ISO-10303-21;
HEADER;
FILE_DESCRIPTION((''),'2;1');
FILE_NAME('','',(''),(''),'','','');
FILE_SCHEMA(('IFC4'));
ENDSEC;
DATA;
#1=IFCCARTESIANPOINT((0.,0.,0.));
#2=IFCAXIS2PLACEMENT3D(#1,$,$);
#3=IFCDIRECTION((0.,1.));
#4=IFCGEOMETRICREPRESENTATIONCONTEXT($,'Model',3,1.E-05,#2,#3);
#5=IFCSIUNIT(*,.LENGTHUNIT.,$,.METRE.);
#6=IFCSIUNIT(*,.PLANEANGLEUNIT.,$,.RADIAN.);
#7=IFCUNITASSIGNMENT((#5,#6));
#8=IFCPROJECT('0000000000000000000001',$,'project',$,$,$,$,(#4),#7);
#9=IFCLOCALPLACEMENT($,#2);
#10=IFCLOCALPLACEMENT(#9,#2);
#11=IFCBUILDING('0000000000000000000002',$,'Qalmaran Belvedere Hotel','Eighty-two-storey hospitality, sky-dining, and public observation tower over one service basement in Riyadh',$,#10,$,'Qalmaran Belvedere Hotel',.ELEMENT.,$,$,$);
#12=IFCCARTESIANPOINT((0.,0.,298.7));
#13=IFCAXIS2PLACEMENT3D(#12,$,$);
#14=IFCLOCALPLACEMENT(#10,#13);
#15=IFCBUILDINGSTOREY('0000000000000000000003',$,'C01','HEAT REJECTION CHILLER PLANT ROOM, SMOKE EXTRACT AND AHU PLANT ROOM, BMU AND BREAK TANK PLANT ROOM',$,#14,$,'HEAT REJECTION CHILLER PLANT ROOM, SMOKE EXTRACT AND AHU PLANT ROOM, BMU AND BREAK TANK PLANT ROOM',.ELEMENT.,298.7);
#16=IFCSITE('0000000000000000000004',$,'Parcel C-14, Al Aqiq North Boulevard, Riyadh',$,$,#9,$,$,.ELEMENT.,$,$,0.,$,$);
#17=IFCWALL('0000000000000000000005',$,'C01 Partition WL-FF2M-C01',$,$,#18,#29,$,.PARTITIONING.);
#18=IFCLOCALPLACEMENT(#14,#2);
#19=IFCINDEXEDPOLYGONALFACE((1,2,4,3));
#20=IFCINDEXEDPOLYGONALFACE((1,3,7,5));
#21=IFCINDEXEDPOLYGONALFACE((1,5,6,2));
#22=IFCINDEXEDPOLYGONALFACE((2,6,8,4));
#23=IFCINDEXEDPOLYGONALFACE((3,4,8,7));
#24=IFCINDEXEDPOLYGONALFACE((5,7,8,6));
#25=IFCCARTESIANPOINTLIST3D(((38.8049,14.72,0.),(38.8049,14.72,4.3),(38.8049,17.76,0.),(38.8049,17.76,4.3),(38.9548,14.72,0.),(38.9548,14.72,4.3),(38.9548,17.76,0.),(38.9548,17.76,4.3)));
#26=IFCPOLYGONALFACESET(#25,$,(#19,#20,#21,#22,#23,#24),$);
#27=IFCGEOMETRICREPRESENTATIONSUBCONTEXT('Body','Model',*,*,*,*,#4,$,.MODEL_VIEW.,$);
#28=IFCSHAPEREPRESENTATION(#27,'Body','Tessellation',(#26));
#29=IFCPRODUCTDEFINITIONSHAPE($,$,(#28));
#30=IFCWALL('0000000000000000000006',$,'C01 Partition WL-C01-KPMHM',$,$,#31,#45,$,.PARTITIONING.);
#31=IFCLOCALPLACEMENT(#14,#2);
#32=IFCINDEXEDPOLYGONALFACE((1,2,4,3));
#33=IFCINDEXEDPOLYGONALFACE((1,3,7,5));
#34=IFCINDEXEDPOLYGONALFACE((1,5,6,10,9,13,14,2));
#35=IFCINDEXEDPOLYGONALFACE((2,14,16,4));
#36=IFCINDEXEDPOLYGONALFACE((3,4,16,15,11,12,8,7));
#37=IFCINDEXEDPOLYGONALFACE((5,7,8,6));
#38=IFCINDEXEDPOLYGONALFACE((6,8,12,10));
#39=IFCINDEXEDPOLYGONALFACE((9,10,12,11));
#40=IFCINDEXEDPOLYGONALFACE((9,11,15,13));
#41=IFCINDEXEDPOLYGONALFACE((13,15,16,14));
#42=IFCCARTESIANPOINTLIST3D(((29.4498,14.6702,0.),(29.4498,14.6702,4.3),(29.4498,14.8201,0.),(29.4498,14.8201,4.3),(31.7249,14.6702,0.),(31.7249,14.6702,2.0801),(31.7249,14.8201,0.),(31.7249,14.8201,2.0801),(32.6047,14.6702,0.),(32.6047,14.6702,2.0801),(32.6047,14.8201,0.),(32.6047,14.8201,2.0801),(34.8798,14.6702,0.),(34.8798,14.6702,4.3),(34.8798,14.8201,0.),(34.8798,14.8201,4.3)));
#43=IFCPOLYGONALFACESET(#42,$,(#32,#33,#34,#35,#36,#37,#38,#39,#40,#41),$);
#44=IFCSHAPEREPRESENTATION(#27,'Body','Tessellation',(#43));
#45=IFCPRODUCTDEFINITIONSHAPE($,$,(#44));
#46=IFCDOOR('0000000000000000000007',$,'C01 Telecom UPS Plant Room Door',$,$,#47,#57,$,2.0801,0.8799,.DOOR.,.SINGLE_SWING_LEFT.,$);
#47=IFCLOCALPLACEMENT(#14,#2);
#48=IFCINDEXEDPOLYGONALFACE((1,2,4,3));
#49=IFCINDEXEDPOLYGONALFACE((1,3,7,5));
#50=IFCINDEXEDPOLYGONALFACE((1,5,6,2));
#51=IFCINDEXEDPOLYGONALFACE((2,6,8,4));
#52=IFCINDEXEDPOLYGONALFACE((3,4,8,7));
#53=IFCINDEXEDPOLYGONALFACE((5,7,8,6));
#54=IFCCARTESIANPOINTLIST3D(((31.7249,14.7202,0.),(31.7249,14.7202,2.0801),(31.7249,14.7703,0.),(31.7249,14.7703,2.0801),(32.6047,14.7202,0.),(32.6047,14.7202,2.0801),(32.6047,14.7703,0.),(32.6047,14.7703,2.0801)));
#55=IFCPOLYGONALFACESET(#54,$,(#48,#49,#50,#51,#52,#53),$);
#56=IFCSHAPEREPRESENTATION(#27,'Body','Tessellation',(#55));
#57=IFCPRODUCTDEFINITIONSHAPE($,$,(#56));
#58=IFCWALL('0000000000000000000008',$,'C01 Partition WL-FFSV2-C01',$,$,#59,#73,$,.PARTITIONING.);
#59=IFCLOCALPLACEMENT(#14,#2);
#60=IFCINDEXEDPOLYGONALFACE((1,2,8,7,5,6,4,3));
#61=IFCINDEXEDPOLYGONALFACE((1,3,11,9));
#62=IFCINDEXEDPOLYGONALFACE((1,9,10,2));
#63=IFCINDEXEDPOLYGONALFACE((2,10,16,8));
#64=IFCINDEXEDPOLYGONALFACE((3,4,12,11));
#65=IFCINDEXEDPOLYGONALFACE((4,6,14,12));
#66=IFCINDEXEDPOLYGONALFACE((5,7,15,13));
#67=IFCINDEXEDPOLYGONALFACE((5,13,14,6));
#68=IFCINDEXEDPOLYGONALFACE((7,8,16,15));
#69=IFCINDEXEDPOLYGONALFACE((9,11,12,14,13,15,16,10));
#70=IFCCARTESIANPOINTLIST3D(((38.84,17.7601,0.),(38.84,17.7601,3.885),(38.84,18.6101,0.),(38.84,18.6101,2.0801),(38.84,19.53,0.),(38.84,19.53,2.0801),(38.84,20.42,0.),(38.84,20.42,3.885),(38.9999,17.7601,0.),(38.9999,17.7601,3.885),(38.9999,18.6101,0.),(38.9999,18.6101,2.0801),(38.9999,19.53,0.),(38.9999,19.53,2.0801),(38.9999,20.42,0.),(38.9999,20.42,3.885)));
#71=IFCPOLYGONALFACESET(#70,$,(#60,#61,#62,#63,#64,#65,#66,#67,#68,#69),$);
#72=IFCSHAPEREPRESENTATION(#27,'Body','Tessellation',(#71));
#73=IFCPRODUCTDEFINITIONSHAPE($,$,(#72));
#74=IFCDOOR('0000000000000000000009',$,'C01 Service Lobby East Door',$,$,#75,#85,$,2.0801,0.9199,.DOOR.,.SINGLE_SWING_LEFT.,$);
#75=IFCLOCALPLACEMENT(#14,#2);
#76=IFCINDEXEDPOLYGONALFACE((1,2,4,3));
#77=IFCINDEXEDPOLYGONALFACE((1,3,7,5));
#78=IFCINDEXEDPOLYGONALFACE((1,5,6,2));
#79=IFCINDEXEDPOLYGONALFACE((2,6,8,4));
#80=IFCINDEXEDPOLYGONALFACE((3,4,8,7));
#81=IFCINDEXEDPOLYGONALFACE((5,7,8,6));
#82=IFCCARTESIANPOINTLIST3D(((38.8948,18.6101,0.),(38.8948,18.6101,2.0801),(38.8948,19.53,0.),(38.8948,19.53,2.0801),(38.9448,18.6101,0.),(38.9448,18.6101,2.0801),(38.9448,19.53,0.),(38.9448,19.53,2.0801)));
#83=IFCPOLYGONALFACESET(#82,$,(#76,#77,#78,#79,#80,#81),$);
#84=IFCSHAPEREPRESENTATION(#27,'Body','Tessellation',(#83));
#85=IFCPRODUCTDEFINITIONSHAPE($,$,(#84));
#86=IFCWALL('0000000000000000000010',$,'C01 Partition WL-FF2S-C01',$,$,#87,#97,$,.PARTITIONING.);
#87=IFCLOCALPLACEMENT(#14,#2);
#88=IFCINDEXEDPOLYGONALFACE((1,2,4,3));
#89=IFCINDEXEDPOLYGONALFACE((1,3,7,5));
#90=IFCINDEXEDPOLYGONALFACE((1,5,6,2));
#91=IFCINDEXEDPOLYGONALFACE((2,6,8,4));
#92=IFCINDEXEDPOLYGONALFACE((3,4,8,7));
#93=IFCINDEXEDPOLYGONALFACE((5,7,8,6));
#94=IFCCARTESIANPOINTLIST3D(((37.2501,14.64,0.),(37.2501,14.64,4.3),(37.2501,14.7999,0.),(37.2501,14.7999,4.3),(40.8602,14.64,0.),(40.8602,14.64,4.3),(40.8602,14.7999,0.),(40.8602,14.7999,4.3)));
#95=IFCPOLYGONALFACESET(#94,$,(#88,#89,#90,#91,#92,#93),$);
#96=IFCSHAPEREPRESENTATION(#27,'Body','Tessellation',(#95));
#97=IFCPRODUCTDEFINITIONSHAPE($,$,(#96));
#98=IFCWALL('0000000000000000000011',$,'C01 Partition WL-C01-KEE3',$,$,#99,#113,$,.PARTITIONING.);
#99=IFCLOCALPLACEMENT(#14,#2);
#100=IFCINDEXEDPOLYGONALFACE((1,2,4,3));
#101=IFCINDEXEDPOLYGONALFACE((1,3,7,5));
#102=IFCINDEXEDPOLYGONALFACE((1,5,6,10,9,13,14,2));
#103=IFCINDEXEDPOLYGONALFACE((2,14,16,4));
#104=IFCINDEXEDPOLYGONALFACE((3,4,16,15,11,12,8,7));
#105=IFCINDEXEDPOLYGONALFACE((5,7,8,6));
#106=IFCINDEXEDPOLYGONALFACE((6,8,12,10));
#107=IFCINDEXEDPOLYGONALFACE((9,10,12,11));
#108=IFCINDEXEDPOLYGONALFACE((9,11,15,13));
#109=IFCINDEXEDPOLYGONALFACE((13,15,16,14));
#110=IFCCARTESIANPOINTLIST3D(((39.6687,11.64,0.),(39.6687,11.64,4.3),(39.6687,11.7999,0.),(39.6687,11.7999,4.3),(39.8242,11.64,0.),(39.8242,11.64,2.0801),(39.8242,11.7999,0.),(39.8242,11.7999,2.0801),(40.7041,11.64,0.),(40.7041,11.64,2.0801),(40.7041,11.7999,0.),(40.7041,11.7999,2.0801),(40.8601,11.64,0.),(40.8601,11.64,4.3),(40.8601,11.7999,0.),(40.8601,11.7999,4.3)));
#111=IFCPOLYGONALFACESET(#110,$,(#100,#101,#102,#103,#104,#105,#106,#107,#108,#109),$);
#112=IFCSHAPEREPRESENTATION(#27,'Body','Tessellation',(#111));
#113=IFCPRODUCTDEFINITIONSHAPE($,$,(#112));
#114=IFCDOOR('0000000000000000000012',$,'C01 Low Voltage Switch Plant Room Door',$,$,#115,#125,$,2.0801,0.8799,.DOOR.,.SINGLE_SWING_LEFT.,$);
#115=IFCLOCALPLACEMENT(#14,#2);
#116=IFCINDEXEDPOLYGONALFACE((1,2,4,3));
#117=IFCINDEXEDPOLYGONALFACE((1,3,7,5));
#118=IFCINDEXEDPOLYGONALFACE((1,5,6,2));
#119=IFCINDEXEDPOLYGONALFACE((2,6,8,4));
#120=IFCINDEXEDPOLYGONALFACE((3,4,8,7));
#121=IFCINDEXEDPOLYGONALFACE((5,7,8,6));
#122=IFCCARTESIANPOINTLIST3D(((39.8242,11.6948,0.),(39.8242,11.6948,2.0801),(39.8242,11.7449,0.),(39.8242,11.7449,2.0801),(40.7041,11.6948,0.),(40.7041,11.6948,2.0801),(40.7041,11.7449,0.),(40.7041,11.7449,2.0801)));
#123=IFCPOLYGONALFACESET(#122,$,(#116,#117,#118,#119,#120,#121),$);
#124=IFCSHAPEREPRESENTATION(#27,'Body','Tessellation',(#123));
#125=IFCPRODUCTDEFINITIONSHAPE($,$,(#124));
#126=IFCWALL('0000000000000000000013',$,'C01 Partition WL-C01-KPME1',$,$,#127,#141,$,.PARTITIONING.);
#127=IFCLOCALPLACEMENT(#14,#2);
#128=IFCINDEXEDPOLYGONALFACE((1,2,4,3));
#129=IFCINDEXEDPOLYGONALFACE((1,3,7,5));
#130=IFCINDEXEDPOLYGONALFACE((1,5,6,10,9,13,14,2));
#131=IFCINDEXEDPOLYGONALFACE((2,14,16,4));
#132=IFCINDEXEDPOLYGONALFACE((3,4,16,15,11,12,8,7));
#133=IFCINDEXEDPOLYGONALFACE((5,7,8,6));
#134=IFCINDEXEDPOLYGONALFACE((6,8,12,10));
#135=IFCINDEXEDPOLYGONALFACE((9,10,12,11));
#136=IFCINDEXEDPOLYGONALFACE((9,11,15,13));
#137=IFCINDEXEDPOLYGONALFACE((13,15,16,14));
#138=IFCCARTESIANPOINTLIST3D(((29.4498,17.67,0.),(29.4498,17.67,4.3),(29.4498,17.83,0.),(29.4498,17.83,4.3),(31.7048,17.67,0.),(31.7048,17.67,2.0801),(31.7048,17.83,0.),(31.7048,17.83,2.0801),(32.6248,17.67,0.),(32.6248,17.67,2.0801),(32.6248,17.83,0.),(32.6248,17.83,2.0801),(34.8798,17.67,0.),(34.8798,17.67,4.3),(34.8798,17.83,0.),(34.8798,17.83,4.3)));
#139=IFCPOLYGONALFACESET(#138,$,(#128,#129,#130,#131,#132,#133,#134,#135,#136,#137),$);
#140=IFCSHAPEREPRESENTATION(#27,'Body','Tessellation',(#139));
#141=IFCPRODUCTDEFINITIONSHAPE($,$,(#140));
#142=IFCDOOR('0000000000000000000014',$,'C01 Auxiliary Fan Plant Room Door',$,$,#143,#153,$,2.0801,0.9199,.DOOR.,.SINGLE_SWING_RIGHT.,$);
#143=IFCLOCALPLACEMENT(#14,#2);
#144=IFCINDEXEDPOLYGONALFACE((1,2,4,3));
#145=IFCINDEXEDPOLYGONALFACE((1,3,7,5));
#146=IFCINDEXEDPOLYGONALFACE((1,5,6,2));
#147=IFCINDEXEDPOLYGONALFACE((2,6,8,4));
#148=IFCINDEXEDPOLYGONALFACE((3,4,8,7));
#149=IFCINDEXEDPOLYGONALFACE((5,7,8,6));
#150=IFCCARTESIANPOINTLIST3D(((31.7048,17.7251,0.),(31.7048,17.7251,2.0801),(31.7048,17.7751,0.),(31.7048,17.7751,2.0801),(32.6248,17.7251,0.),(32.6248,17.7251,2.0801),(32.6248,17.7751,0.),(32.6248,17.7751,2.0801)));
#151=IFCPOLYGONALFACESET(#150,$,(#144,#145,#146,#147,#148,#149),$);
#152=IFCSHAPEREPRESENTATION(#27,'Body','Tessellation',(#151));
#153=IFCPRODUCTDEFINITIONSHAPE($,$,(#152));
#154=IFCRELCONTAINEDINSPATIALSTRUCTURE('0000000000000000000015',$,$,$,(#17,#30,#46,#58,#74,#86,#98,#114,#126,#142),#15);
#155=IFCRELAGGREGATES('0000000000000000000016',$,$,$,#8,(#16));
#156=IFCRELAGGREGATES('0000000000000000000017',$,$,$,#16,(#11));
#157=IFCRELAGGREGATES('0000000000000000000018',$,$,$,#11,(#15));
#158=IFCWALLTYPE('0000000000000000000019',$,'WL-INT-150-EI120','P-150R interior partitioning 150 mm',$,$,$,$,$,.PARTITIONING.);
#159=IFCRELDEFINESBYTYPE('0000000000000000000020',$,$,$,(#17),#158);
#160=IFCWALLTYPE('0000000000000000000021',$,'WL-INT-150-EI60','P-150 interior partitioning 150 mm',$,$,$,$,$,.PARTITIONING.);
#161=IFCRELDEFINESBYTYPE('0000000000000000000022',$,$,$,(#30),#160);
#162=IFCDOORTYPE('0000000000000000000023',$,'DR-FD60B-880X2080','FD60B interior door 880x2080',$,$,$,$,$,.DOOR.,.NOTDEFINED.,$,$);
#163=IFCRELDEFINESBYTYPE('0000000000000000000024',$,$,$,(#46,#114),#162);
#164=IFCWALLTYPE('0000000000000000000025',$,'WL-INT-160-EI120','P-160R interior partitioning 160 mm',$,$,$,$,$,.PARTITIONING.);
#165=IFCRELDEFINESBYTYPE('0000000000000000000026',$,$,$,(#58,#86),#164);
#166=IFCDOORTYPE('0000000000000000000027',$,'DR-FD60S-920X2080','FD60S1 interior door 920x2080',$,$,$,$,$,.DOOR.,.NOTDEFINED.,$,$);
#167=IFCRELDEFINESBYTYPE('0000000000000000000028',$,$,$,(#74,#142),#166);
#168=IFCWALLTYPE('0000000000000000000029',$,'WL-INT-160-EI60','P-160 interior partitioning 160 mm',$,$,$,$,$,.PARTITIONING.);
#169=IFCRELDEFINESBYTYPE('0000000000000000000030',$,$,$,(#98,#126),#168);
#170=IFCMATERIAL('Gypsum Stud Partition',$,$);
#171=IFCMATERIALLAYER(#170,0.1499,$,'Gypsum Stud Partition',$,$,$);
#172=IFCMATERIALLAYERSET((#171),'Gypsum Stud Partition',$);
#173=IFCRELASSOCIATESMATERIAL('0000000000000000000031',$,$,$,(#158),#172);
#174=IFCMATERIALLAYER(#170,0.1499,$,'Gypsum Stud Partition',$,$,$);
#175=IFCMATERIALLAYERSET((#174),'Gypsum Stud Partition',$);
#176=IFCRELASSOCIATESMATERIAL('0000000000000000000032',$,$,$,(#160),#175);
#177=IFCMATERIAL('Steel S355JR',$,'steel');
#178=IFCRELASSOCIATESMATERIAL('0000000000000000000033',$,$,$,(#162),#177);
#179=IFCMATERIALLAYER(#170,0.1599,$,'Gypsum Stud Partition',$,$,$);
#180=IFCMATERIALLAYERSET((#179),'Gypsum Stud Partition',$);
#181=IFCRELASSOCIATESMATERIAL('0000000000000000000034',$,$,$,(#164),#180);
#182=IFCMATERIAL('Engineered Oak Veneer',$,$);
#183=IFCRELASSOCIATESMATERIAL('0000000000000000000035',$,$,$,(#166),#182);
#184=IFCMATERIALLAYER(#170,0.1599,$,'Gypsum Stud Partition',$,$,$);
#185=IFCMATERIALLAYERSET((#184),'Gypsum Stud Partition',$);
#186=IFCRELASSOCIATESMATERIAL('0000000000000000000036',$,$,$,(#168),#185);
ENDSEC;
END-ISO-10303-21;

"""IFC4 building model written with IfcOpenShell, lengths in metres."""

from ifc_helpers import new_model, si_unit, direction, frame, frame_2d, origin, place, context, subcontext, project, spatial, rectangle, extrude, material, layer, layer_set, type_object, element, fill, save


model = new_model("IFC4")

# Units and contexts
model_context = context("Model", 3, precision=1e-05, world=origin(), true_north=direction((0.0, 1.0)))
body_context = subcontext(model_context, "Body", "Model", "MODEL_VIEW")
ifc_project = project(units=[si_unit("LENGTHUNIT", "METRE"), si_unit("PLANEANGLEUNIT", "RADIAN")], contexts=[model_context])

# Site, building, storey
site_placement = place(None, origin())
site = spatial("IfcSite", under=ifc_project, at=site_placement, Name="Parcel C-14, Al Aqiq North Boulevard, Riyadh", CompositionType="ELEMENT", RefElevation=0.0)
building_placement = place(site_placement, origin())
building = spatial("IfcBuilding", under=site, at=building_placement, Name="Qalmaran Belvedere Hotel", Description="Eighty-two-storey hospitality, sky-dining, and public observation tower over one service basement in Riyadh", LongName="Qalmaran Belvedere Hotel", CompositionType="ELEMENT")
storey_placement = place(building_placement, frame((0.0, 0.0, 298.7)))
storey = spatial("IfcBuildingStorey", under=building, at=storey_placement, Name="C01", Description="HEAT REJECTION CHILLER PLANT ROOM, SMOKE EXTRACT AND AHU PLANT ROOM, BMU AND BREAK TANK PLANT ROOM", LongName="HEAT REJECTION CHILLER PLANT ROOM, SMOKE EXTRACT AND AHU PLANT ROOM, BMU AND BREAK TANK PLANT ROOM", CompositionType="ELEMENT", Elevation=298.7)

# Wall
ifc_material_1 = material(Name="Gypsum Stud Partition")
ifc_layer_1 = layer(ifc_material_1, 0.1499, Name="Gypsum Stud Partition")
ifc_layer_set_1 = layer_set([ifc_layer_1], Name="Gypsum Stud Partition")
wall_type_1 = type_object("IfcWallType", Name="WL-INT-150-EI120", Description="P-150R interior partitioning 150 mm", PredefinedType="PARTITIONING", material=ifc_layer_set_1)
wall_1_placement = place(storey_placement, frame((38.8799, 14.72, 0.0), z_axis=(0.0, 0.0, 1.0), x_axis=(0.0, 1.0, 0.0)))
element("IfcWall", 1, at=wall_1_placement, inside=storey, type_object=wall_type_1, Name="C01 Partition WL-FF2M-C01", PredefinedType="PARTITIONING", context=body_context, shape_type="SweptSolid", body=[
    extrude(rectangle(XDim=3.04, YDim=0.1499, at=frame_2d((1.52, 0.0))), origin(), (0.0, 0.0, 1.0), 4.3),
])
ifc_layer_2 = layer(ifc_material_1, 0.1499, Name="Gypsum Stud Partition")
ifc_layer_set_2 = layer_set([ifc_layer_2], Name="Gypsum Stud Partition")
wall_type_2 = type_object("IfcWallType", Name="WL-INT-150-EI60", Description="P-150 interior partitioning 150 mm", PredefinedType="PARTITIONING", material=ifc_layer_set_2)

# Walls, openings, doors
wall_2_placement = place(storey_placement, frame((29.45, 14.7451, 0.0), z_axis=(0.0, 0.0, 1.0), x_axis=(1.0, 0.0, 0.0)))
wall_2 = element("IfcWall", 2, at=wall_2_placement, inside=storey, type_object=wall_type_2, Name="C01 Partition WL-C01-KPMHM", PredefinedType="PARTITIONING", context=body_context, shape_type="SweptSolid", body=[
    extrude(rectangle(XDim=5.4299, YDim=0.1499, at=frame_2d((2.7148, 0.0))), origin(), (0.0, 0.0, 1.0), 4.3),
])
opening_1_placement = place(wall_2_placement, frame((3.1548, 0.0, 0.0), z_axis=(0.0, 0.0, 1.0), x_axis=(-1.0, 0.0, 0.0)))
opening_1 = element("IfcOpeningElement", 3, at=opening_1_placement, cuts=wall_2, PredefinedType="OPENING", context=body_context, shape_type="SweptSolid", body=[
    extrude(rectangle(XDim=0.8799, YDim=2.0801, at=frame_2d((0.4399, 1.04))), frame((0.0, 0.085, 0.0), z_axis=(0.0, -1.0, 0.0), x_axis=(1.0, 0.0, 0.0)), (0.0, 0.0, 1.0), 0.1699),
])
ifc_material_2 = material(Name="Steel S355JR", Category="steel")
door_type_1 = type_object("IfcDoorType", Name="DR-FD60B-880X2080", Description="FD60B interior door 880x2080", OperationType="NOTDEFINED", PredefinedType="DOOR", material=ifc_material_2)
door_1_placement = place(opening_1_placement, origin())
door_1 = element("IfcDoor", 4, at=door_1_placement, inside=storey, type_object=door_type_1, Name="C01 Telecom UPS Plant Room Door", OperationType="SINGLE_SWING_LEFT", OverallHeight=2.0801, OverallWidth=0.8799, PredefinedType="DOOR", context=body_context, shape_type="SweptSolid", body=[
    extrude(rectangle(XDim=0.8799, YDim=2.0801, at=frame_2d((0.4399, 1.04))), frame((0.0, 0.0249, 0.0), z_axis=(0.0, -1.0, 0.0), x_axis=(1.0, 0.0, 0.0)), (0.0, 0.0, 1.0), 0.05),
])
fill(opening_1, door_1)
ifc_layer_3 = layer(ifc_material_1, 0.1599, Name="Gypsum Stud Partition")
ifc_layer_set_3 = layer_set([ifc_layer_3], Name="Gypsum Stud Partition")
wall_type_3 = type_object("IfcWallType", Name="WL-INT-160-EI120", Description="P-160R interior partitioning 160 mm", PredefinedType="PARTITIONING", material=ifc_layer_set_3)
wall_3_placement = place(storey_placement, frame((38.9199, 17.76, 0.0), z_axis=(0.0, 0.0, 1.0), x_axis=(0.0, 1.0, 0.0)))
wall_3 = element("IfcWall", 5, at=wall_3_placement, inside=storey, type_object=wall_type_3, Name="C01 Partition WL-FFSV2-C01", PredefinedType="PARTITIONING", context=body_context, shape_type="SweptSolid", body=[
    extrude(rectangle(XDim=2.6599, YDim=0.1599, at=frame_2d((1.3301, 0.0))), origin(), (0.0, 0.0, 1.0), 3.885),
])
opening_2_placement = place(wall_3_placement, frame((1.77, 0.0, 0.0), z_axis=(0.0, 0.0, 1.0), x_axis=(-1.0, 0.0, 0.0)))
opening_2 = element("IfcOpeningElement", 6, at=opening_2_placement, cuts=wall_3, PredefinedType="OPENING", context=body_context, shape_type="SweptSolid", body=[
    extrude(rectangle(XDim=0.9199, YDim=2.0801, at=frame_2d((0.46, 1.04))), frame((0.0, 0.0898, 0.0), z_axis=(0.0, -1.0, 0.0), x_axis=(1.0, 0.0, 0.0)), (0.0, 0.0, 1.0), 0.1799),
])
ifc_material_3 = material(Name="Engineered Oak Veneer")
door_type_2 = type_object("IfcDoorType", Name="DR-FD60S-920X2080", Description="FD60S1 interior door 920x2080", OperationType="NOTDEFINED", PredefinedType="DOOR", material=ifc_material_3)
door_2_placement = place(opening_2_placement, origin())
door_2 = element("IfcDoor", 7, at=door_2_placement, inside=storey, type_object=door_type_2, Name="C01 Service Lobby East Door", OperationType="SINGLE_SWING_LEFT", OverallHeight=2.0801, OverallWidth=0.9199, PredefinedType="DOOR", context=body_context, shape_type="SweptSolid", body=[
    extrude(rectangle(XDim=0.9199, YDim=2.0801, at=frame_2d((0.46, 1.04))), frame((0.0, 0.0249, 0.0), z_axis=(0.0, -1.0, 0.0), x_axis=(1.0, 0.0, 0.0)), (0.0, 0.0, 1.0), 0.05),
])
fill(opening_2, door_2)

# Wall
wall_4_placement = place(storey_placement, frame((37.25, 14.72, 0.0), z_axis=(0.0, 0.0, 1.0), x_axis=(1.0, 0.0, 0.0)))
element("IfcWall", 8, at=wall_4_placement, inside=storey, type_object=wall_type_3, Name="C01 Partition WL-FF2S-C01", PredefinedType="PARTITIONING", context=body_context, shape_type="SweptSolid", body=[
    extrude(rectangle(XDim=3.6101, YDim=0.1599, at=frame_2d((1.8052, 0.0))), origin(), (0.0, 0.0, 1.0), 4.3),
])

# Walls, openings, doors
ifc_layer_4 = layer(ifc_material_1, 0.1599, Name="Gypsum Stud Partition")
ifc_layer_set_4 = layer_set([ifc_layer_4], Name="Gypsum Stud Partition")
wall_type_4 = type_object("IfcWallType", Name="WL-INT-160-EI60", Description="P-160 interior partitioning 160 mm", PredefinedType="PARTITIONING", material=ifc_layer_set_4)
wall_5_placement = place(storey_placement, frame((39.6687, 11.72, 0.0), z_axis=(0.0, 0.0, 1.0), x_axis=(1.0, 0.0, 0.0)))
wall_5 = element("IfcWall", 9, at=wall_5_placement, inside=storey, type_object=wall_type_4, Name="C01 Partition WL-C01-KEE3", PredefinedType="PARTITIONING", context=body_context, shape_type="SweptSolid", body=[
    extrude(rectangle(XDim=1.1914, YDim=0.1599, at=frame_2d((0.5957, 0.0))), origin(), (0.0, 0.0, 1.0), 4.3),
])
opening_3_placement = place(wall_5_placement, frame((0.1555, 0.0, 0.0)))
opening_3 = element("IfcOpeningElement", 10, at=opening_3_placement, cuts=wall_5, PredefinedType="OPENING", context=body_context, shape_type="SweptSolid", body=[
    extrude(rectangle(XDim=0.8799, YDim=2.0801, at=frame_2d((0.4399, 1.04))), frame((0.0, 0.0898, 0.0), z_axis=(0.0, -1.0, 0.0), x_axis=(1.0, 0.0, 0.0)), (0.0, 0.0, 1.0), 0.1799),
])
door_3_placement = place(opening_3_placement, origin())
door_3 = element("IfcDoor", 11, at=door_3_placement, inside=storey, type_object=door_type_1, Name="C01 Low Voltage Switch Plant Room Door", OperationType="SINGLE_SWING_LEFT", OverallHeight=2.0801, OverallWidth=0.8799, PredefinedType="DOOR", context=body_context, shape_type="SweptSolid", body=[
    extrude(rectangle(XDim=0.8799, YDim=2.0801, at=frame_2d((0.4399, 1.04))), frame((0.0, 0.0249, 0.0), z_axis=(0.0, -1.0, 0.0), x_axis=(1.0, 0.0, 0.0)), (0.0, 0.0, 1.0), 0.05),
])
fill(opening_3, door_3)
wall_6_placement = place(storey_placement, frame((29.45, 17.75, 0.0), z_axis=(0.0, 0.0, 1.0), x_axis=(1.0, 0.0, 0.0)))
wall_6 = element("IfcWall", 12, at=wall_6_placement, inside=storey, type_object=wall_type_4, Name="C01 Partition WL-C01-KPME1", PredefinedType="PARTITIONING", context=body_context, shape_type="SweptSolid", body=[
    extrude(rectangle(XDim=5.4299, YDim=0.1599, at=frame_2d((2.7148, 0.0))), origin(), (0.0, 0.0, 1.0), 4.3),
])
opening_4_placement = place(wall_6_placement, frame((3.1748, 0.0, 0.0), z_axis=(0.0, 0.0, 1.0), x_axis=(-1.0, 0.0, 0.0)))
opening_4 = element("IfcOpeningElement", 13, at=opening_4_placement, cuts=wall_6, PredefinedType="OPENING", context=body_context, shape_type="SweptSolid", body=[
    extrude(rectangle(XDim=0.9199, YDim=2.0801, at=frame_2d((0.46, 1.04))), frame((0.0, 0.0898, 0.0), z_axis=(0.0, -1.0, 0.0), x_axis=(1.0, 0.0, 0.0)), (0.0, 0.0, 1.0), 0.1799),
])
door_4_placement = place(opening_4_placement, origin())
door_4 = element("IfcDoor", 14, at=door_4_placement, inside=storey, type_object=door_type_2, Name="C01 Auxiliary Fan Plant Room Door", OperationType="SINGLE_SWING_RIGHT", OverallHeight=2.0801, OverallWidth=0.9199, PredefinedType="DOOR", context=body_context, shape_type="SweptSolid", body=[
    extrude(rectangle(XDim=0.9199, YDim=2.0801, at=frame_2d((0.46, 1.04))), frame((0.0, 0.0249, 0.0), z_axis=(0.0, -1.0, 0.0), x_axis=(1.0, 0.0, 0.0)), (0.0, 0.0, 1.0), 0.05),
])
fill(opening_4, door_4)

save(model, "model.ifc")
